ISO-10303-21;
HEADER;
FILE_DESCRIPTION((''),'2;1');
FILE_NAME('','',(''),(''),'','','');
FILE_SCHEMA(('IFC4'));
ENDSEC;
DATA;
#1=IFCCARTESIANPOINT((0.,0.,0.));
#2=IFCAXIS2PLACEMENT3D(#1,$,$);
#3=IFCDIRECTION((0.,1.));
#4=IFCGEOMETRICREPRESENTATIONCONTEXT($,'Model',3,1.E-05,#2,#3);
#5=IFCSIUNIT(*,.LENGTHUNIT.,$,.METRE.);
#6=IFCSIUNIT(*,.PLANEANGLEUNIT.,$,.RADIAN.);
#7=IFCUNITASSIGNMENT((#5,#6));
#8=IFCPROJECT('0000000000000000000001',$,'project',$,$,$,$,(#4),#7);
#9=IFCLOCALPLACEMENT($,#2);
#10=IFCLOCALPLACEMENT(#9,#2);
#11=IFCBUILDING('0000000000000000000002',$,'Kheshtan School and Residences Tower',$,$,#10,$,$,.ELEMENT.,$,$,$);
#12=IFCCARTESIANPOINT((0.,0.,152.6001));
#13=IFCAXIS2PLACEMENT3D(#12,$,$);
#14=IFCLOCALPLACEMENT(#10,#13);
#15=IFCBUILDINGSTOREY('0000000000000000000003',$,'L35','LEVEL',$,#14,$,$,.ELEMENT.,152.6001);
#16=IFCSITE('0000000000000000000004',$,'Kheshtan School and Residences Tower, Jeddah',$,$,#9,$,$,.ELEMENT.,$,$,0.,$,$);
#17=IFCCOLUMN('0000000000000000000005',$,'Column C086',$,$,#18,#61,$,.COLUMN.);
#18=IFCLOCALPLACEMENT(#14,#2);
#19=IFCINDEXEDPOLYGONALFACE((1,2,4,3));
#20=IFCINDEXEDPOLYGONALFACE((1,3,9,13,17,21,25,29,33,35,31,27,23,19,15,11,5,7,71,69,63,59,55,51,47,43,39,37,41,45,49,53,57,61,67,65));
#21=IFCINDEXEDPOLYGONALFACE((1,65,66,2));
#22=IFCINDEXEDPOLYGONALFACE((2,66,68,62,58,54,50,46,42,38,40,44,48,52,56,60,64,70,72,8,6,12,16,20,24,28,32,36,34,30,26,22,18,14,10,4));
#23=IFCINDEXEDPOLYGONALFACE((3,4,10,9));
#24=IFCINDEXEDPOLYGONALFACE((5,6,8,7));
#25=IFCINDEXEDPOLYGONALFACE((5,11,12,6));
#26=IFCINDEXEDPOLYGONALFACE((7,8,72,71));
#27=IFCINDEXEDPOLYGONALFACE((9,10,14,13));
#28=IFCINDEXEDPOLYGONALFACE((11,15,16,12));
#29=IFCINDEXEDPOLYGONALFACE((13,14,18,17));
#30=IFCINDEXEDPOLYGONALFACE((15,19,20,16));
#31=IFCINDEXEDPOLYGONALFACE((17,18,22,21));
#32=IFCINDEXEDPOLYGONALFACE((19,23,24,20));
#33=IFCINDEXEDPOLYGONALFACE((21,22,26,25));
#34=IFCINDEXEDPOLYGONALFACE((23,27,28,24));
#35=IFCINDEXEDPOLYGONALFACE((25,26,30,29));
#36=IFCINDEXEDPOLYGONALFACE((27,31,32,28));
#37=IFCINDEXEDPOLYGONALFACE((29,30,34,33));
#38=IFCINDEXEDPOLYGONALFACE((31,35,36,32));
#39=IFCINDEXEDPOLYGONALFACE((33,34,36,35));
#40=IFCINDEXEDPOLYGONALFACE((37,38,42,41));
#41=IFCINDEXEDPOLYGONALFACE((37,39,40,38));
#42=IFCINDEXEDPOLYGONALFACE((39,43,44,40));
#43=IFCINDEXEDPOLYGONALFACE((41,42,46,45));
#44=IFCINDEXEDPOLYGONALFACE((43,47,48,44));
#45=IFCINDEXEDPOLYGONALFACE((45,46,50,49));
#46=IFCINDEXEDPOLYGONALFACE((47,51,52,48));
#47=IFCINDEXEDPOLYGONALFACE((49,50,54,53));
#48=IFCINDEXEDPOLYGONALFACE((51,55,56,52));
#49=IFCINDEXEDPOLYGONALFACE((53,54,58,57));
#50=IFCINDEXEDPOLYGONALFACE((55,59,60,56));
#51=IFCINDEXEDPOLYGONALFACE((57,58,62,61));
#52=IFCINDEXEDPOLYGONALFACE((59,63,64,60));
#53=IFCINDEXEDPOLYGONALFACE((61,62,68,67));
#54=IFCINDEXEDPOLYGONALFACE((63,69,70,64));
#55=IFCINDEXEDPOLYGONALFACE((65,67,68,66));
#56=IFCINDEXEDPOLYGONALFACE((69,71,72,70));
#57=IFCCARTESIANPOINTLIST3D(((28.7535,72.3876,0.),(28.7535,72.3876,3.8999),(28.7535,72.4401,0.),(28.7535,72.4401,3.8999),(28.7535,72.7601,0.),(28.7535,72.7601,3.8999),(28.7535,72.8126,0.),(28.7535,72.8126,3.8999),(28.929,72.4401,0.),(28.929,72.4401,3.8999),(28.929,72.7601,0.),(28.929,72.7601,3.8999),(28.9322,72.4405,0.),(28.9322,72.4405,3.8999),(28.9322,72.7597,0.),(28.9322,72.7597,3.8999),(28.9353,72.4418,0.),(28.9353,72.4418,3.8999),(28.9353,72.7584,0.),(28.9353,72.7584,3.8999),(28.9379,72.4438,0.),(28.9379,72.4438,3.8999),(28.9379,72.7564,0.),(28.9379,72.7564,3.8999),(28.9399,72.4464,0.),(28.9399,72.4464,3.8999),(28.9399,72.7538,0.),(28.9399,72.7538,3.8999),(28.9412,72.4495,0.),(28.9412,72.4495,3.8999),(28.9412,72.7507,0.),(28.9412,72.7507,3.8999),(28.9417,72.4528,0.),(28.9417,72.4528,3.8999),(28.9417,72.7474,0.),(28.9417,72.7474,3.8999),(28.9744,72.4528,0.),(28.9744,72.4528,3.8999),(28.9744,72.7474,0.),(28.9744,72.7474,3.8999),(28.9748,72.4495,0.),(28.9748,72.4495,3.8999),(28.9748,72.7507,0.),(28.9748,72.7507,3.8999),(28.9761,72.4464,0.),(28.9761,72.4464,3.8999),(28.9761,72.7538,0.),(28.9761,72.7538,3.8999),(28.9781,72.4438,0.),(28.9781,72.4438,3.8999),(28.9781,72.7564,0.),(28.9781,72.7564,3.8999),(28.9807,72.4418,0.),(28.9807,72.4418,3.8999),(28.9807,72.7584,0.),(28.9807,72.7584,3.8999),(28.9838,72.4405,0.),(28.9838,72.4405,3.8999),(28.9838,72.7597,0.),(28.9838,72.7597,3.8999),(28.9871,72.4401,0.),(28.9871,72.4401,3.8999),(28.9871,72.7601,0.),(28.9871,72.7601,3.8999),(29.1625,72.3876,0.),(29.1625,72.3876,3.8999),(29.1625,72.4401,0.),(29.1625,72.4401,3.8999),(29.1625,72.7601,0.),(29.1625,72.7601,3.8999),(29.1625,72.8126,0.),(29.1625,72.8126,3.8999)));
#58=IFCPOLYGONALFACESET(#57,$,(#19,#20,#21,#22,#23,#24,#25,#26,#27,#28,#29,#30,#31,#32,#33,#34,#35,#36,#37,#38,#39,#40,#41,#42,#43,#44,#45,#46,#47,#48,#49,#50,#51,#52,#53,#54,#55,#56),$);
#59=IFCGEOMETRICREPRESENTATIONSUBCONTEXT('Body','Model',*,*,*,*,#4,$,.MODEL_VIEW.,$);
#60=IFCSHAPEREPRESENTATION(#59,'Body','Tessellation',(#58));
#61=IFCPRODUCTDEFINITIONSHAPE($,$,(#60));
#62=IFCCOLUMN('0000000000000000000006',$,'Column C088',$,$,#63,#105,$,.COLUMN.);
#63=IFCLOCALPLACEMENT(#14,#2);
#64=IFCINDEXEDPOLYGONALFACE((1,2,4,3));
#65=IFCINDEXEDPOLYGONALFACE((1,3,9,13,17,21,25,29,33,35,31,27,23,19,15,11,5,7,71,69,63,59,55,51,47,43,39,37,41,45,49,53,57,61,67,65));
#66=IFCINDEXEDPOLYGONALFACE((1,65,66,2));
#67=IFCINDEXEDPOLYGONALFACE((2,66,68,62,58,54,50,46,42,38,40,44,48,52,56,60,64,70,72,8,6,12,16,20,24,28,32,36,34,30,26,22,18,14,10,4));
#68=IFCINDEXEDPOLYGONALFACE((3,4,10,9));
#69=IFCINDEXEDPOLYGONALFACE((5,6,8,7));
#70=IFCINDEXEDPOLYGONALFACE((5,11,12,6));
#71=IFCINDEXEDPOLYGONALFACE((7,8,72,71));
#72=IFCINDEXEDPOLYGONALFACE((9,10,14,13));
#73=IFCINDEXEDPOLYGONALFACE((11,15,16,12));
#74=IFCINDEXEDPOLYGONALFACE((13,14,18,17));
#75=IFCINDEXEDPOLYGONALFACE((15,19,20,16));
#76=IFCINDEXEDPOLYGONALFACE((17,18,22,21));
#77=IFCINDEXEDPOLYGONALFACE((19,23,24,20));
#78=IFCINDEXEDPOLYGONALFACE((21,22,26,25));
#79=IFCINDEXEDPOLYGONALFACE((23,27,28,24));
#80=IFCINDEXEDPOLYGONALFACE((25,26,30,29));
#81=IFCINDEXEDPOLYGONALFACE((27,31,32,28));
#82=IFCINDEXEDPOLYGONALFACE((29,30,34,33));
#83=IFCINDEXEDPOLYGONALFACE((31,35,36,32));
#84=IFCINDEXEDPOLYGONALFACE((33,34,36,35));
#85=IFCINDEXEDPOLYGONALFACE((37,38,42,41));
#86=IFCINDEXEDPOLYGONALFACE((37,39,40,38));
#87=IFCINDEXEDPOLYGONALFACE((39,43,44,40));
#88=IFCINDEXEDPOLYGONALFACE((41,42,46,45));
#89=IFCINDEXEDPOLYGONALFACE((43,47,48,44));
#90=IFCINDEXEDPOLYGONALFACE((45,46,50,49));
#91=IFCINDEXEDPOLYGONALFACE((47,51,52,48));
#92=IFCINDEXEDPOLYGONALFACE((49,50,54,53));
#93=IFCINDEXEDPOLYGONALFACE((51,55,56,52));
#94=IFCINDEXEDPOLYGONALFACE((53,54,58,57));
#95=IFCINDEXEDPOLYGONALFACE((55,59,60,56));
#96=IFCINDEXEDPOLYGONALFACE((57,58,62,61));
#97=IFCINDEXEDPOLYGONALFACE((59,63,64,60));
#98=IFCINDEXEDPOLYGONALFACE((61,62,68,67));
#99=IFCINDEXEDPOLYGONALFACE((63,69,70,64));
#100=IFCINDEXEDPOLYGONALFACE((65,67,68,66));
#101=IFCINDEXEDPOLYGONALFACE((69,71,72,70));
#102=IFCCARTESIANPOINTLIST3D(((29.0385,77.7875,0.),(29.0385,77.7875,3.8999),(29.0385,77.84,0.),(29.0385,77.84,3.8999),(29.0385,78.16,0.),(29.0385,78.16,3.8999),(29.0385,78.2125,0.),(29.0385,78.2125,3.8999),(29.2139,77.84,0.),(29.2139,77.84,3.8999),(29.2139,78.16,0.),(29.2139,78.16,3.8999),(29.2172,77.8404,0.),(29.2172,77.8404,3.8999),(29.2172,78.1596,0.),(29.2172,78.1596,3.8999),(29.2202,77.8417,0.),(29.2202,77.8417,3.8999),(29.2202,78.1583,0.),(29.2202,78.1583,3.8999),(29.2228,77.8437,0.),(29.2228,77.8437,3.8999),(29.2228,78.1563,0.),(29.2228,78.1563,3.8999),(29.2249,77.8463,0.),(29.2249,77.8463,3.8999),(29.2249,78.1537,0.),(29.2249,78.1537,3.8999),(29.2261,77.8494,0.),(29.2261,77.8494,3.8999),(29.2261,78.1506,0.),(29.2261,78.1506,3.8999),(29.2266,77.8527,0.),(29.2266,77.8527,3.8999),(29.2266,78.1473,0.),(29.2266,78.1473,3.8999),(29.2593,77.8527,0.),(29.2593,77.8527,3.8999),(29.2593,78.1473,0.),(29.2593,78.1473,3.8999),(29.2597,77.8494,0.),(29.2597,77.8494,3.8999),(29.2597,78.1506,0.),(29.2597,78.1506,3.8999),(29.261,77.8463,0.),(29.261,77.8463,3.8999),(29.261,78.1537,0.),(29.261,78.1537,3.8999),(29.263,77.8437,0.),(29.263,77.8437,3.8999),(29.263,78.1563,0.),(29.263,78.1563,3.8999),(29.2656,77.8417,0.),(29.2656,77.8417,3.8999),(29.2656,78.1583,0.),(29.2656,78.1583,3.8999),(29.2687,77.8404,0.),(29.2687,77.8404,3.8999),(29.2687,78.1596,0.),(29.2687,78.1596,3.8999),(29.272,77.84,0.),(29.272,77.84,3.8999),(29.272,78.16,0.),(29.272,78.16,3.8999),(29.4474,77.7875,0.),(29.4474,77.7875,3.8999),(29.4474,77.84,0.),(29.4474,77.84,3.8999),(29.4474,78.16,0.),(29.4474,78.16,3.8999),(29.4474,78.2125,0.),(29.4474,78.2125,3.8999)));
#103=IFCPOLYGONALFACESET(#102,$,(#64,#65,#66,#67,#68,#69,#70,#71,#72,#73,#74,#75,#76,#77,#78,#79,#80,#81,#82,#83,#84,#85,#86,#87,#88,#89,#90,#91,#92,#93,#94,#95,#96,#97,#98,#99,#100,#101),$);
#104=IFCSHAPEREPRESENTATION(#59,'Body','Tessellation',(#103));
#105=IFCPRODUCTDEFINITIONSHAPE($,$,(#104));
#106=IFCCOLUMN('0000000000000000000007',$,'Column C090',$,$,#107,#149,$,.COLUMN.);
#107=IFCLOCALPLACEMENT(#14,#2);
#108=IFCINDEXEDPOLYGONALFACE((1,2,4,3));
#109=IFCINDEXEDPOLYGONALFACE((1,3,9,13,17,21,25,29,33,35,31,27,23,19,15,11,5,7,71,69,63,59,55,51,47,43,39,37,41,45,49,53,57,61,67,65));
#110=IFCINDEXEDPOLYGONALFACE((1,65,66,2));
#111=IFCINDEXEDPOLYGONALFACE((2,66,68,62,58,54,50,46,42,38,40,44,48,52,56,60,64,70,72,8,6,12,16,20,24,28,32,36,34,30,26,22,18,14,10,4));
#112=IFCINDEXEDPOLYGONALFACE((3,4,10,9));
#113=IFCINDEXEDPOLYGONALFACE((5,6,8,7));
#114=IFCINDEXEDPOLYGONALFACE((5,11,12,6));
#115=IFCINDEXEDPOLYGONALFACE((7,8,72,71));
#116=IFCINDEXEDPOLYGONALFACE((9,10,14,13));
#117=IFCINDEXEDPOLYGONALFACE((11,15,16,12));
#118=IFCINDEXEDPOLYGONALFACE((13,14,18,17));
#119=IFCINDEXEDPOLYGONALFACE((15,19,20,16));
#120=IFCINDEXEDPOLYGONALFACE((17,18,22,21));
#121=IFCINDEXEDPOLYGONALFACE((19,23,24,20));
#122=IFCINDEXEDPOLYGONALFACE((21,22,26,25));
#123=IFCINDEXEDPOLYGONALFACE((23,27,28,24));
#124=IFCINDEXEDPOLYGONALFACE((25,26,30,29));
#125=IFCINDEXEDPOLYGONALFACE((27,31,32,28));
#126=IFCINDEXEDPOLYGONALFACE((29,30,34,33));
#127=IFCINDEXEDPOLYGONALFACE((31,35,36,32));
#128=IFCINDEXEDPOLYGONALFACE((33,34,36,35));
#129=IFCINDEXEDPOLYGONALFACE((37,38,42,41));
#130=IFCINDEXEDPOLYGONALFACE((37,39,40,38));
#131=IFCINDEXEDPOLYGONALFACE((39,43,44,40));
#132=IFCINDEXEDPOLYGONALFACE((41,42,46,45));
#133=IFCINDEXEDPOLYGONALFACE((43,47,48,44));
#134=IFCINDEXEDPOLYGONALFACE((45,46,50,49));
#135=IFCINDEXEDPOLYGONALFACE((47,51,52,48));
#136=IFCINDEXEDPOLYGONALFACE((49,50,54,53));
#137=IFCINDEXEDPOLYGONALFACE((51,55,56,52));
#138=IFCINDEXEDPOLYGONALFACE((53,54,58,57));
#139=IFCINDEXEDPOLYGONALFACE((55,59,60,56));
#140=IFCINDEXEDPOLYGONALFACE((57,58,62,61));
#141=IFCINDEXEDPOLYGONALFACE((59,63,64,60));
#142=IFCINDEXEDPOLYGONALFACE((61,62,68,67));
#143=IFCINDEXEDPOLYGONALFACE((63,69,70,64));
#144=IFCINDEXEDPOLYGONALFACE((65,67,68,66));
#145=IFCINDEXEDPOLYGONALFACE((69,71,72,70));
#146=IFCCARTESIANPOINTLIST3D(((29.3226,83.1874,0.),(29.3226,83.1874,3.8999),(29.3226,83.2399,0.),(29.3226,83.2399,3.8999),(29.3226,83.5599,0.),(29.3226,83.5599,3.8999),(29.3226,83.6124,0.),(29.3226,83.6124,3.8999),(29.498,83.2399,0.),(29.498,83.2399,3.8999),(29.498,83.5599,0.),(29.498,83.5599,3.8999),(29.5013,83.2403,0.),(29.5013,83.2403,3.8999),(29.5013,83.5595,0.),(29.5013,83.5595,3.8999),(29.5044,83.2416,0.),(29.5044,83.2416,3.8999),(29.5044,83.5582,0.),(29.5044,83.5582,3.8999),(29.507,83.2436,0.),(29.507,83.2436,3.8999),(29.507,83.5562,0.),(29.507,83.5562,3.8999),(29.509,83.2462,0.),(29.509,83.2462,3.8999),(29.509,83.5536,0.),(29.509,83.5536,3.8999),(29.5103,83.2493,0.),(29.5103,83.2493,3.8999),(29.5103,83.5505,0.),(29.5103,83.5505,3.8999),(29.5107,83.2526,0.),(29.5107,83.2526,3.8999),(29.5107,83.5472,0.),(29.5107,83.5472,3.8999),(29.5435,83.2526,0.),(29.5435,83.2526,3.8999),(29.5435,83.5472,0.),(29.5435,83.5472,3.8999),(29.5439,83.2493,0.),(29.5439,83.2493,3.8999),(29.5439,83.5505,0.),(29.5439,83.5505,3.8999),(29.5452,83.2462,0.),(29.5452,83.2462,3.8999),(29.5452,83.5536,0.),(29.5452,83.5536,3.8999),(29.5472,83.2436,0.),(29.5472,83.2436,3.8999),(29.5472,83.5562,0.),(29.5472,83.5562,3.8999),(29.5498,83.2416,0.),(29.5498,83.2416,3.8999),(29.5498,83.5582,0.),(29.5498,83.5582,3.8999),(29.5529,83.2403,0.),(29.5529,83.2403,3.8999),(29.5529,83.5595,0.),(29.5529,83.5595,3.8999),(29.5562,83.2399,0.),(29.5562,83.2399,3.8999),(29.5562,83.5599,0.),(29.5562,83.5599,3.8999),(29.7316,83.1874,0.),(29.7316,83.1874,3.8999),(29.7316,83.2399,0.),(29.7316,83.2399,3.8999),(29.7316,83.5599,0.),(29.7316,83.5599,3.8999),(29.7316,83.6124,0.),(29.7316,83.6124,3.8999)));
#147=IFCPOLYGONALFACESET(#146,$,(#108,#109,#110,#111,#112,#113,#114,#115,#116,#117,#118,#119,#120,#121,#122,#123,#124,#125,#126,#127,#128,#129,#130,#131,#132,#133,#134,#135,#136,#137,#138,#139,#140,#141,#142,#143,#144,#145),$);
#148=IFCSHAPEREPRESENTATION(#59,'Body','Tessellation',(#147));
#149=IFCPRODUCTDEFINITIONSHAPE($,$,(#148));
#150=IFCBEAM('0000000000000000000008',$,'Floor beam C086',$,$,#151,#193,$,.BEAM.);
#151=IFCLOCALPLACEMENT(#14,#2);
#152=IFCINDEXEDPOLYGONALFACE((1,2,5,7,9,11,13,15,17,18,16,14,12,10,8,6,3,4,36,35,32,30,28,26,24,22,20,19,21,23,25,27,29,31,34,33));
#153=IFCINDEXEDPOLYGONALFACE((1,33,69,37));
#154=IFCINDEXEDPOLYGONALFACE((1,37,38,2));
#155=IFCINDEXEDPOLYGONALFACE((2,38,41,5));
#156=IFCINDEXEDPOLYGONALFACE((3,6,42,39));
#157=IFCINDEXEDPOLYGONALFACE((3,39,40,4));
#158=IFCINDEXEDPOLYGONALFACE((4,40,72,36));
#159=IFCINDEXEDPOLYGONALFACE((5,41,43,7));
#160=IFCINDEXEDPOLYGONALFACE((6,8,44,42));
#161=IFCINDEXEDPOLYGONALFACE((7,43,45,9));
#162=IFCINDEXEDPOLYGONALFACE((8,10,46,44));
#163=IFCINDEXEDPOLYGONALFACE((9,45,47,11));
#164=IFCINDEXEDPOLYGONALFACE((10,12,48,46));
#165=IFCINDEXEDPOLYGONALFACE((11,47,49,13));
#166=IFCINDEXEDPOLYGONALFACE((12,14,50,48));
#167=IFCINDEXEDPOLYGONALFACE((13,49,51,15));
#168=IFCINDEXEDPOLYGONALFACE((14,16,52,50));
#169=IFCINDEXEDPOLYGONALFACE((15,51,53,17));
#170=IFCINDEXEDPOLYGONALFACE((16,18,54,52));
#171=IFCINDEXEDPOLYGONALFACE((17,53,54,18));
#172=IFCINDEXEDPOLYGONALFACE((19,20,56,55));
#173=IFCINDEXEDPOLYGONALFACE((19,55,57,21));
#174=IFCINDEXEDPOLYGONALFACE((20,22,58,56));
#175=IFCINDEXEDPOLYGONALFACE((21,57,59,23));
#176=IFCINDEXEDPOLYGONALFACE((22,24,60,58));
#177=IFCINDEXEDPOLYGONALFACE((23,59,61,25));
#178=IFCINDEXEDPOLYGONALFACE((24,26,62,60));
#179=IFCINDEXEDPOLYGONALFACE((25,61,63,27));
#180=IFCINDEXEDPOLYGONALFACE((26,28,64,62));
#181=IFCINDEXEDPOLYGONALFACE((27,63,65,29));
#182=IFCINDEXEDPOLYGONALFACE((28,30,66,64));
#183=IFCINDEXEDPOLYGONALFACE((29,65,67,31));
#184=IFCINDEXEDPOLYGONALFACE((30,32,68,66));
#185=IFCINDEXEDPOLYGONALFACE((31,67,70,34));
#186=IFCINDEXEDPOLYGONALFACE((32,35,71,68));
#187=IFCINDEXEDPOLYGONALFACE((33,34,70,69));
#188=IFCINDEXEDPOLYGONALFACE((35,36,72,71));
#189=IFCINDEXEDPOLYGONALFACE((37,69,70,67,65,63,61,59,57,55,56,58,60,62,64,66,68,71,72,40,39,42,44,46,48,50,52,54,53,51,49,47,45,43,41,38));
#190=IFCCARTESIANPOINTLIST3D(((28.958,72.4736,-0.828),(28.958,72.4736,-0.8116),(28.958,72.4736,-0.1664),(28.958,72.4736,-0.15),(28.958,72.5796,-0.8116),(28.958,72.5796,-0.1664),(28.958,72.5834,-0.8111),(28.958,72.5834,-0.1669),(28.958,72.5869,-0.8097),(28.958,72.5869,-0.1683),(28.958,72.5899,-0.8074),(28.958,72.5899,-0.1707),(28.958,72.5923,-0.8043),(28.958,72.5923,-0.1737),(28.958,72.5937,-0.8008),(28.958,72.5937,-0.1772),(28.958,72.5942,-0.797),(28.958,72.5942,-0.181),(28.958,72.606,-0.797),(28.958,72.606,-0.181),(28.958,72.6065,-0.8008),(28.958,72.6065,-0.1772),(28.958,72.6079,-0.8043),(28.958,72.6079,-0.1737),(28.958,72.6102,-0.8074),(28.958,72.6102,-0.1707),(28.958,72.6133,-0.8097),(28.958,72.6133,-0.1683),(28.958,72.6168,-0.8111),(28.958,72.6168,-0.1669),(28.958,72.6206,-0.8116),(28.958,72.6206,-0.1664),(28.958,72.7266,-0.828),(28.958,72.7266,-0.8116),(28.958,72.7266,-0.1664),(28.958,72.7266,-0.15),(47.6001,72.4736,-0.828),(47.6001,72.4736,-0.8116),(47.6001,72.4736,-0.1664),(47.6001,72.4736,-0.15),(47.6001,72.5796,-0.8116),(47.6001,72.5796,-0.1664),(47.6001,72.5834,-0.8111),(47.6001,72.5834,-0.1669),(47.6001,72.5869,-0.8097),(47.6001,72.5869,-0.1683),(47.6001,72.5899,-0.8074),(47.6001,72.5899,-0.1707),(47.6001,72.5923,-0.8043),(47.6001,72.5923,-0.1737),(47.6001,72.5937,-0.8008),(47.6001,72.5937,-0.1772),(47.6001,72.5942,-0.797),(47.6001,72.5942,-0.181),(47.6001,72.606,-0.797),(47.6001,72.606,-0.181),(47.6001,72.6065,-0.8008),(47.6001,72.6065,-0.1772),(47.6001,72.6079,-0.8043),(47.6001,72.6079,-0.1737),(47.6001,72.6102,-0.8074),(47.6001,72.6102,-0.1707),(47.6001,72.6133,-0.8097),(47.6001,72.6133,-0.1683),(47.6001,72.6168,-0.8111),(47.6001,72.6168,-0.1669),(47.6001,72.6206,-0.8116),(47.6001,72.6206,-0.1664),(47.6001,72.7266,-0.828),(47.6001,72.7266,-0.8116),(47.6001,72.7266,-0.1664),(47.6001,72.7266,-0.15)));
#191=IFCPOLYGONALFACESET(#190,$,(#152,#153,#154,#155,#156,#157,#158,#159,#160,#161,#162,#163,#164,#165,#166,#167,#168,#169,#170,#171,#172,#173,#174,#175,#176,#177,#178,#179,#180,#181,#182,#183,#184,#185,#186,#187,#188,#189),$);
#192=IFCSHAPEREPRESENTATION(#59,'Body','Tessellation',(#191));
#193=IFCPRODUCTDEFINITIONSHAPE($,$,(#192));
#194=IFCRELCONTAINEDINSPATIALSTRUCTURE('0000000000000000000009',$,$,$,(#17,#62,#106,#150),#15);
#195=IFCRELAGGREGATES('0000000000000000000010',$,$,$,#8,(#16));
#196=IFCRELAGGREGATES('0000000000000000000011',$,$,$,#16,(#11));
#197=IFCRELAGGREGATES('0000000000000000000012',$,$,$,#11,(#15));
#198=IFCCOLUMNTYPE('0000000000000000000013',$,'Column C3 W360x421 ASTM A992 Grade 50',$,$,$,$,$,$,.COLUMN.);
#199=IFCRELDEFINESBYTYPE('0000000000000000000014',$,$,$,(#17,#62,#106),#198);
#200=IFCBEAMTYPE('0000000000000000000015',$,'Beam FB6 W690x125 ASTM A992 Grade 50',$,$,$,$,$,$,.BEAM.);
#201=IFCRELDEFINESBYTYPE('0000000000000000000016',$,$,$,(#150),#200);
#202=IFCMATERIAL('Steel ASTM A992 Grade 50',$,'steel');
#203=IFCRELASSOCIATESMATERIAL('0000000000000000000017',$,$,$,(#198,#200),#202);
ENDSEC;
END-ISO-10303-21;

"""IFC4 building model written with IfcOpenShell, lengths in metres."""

from ifc_helpers import new_model, si_unit, direction, frame, origin, origin_2d, place, context, subcontext, project, spatial, i_section, extrude, material, material_profile, profile_set, type_object, element, save


model = new_model("IFC4")

# Units and contexts
model_context = context("Model", 3, precision=1e-05, world=origin(), true_north=direction((0.0, 1.0)))
body_context = subcontext(model_context, "Body", "Model", "MODEL_VIEW")
ifc_project = project(units=[si_unit("LENGTHUNIT", "METRE"), si_unit("PLANEANGLEUNIT", "RADIAN")], contexts=[model_context])

# Site, building, storey
site_placement = place(None, origin())
site = spatial("IfcSite", under=ifc_project, at=site_placement, Name="Kheshtan School and Residences Tower, Jeddah", CompositionType="ELEMENT", RefElevation=0.0)
building_placement = place(site_placement, origin())
building = spatial("IfcBuilding", under=site, at=building_placement, Name="Kheshtan School and Residences Tower", CompositionType="ELEMENT")
storey_placement = place(building_placement, frame((0.0, 0.0, 152.6001)))
storey = spatial("IfcBuildingStorey", under=building, at=storey_placement, Name="L35", Description="LEVEL", CompositionType="ELEMENT", Elevation=152.6001)

# Columns
ifc_material_1 = material(Name="Steel ASTM A992 Grade 50", Category="steel")
ifc_material_profile_1 = material_profile(ifc_material_1, i_section(OverallWidth=0.4089, OverallDepth=0.425, WebThickness=0.0327, FlangeThickness=0.0525, FilletRadius=0.0127, at=origin_2d()), Name="W360x421")
ifc_profile_set_1 = profile_set([ifc_material_profile_1], Name="Steel ASTM A992 Grade 50")
column_type = type_object("IfcColumnType", Name="Column C3 W360x421 ASTM A992 Grade 50", PredefinedType="COLUMN", material=ifc_profile_set_1)
for number, where, z_axis, x_axis, name in (
    (1, (28.958, 72.6001, 0.0), (0.0, 0.0, 1.0), (1.0, 0.0, 0.0), "Column C086"),
    (2, (29.2429, 78.0, 0.0), (0.0, 0.0, 1.0), (1.0, 0.0, 0.0), "Column C088"),
    (3, (29.5271, 83.3999, 0.0), (0.0, 0.0, 1.0), (1.0, 0.0, 0.0), "Column C090"),
):
    element("IfcColumn", number, at=place(storey_placement, frame(where, z_axis=z_axis, x_axis=x_axis)), inside=storey, type_object=column_type, Name=name, PredefinedType="COLUMN", context=body_context, shape_type="SweptSolid", body=[
        extrude(i_section(OverallWidth=0.4089, OverallDepth=0.425, WebThickness=0.0327, FlangeThickness=0.0525, FilletRadius=0.0127, at=origin_2d()), origin(), (0.0, 0.0, 1.0), 3.8999),
    ])

# Beam
ifc_material_profile_2 = material_profile(ifc_material_1, i_section(OverallWidth=0.2529, OverallDepth=0.678, WebThickness=0.0117, FlangeThickness=0.0164, FilletRadius=0.0146, at=origin_2d()), Name="W690x125")
ifc_profile_set_2 = profile_set([ifc_material_profile_2], Name="Steel ASTM A992 Grade 50")
beam_type_1 = type_object("IfcBeamType", Name="Beam FB6 W690x125 ASTM A992 Grade 50", PredefinedType="BEAM", material=ifc_profile_set_2)
beam_1_placement = place(storey_placement, frame((28.958, 72.6001, -0.489), z_axis=(1.0, 0.0, 0.0), x_axis=(0.0, 1.0, 0.0)))
element("IfcBeam", 4, at=beam_1_placement, inside=storey, type_object=beam_type_1, Name="Floor beam C086", PredefinedType="BEAM", context=body_context, shape_type="SweptSolid", body=[
    extrude(i_section(OverallWidth=0.2529, OverallDepth=0.678, WebThickness=0.0117, FlangeThickness=0.0164, FilletRadius=0.0146, at=origin_2d()), origin(), (0.0, 0.0, 1.0), 18.6421),
])

save(model, "model.ifc")
